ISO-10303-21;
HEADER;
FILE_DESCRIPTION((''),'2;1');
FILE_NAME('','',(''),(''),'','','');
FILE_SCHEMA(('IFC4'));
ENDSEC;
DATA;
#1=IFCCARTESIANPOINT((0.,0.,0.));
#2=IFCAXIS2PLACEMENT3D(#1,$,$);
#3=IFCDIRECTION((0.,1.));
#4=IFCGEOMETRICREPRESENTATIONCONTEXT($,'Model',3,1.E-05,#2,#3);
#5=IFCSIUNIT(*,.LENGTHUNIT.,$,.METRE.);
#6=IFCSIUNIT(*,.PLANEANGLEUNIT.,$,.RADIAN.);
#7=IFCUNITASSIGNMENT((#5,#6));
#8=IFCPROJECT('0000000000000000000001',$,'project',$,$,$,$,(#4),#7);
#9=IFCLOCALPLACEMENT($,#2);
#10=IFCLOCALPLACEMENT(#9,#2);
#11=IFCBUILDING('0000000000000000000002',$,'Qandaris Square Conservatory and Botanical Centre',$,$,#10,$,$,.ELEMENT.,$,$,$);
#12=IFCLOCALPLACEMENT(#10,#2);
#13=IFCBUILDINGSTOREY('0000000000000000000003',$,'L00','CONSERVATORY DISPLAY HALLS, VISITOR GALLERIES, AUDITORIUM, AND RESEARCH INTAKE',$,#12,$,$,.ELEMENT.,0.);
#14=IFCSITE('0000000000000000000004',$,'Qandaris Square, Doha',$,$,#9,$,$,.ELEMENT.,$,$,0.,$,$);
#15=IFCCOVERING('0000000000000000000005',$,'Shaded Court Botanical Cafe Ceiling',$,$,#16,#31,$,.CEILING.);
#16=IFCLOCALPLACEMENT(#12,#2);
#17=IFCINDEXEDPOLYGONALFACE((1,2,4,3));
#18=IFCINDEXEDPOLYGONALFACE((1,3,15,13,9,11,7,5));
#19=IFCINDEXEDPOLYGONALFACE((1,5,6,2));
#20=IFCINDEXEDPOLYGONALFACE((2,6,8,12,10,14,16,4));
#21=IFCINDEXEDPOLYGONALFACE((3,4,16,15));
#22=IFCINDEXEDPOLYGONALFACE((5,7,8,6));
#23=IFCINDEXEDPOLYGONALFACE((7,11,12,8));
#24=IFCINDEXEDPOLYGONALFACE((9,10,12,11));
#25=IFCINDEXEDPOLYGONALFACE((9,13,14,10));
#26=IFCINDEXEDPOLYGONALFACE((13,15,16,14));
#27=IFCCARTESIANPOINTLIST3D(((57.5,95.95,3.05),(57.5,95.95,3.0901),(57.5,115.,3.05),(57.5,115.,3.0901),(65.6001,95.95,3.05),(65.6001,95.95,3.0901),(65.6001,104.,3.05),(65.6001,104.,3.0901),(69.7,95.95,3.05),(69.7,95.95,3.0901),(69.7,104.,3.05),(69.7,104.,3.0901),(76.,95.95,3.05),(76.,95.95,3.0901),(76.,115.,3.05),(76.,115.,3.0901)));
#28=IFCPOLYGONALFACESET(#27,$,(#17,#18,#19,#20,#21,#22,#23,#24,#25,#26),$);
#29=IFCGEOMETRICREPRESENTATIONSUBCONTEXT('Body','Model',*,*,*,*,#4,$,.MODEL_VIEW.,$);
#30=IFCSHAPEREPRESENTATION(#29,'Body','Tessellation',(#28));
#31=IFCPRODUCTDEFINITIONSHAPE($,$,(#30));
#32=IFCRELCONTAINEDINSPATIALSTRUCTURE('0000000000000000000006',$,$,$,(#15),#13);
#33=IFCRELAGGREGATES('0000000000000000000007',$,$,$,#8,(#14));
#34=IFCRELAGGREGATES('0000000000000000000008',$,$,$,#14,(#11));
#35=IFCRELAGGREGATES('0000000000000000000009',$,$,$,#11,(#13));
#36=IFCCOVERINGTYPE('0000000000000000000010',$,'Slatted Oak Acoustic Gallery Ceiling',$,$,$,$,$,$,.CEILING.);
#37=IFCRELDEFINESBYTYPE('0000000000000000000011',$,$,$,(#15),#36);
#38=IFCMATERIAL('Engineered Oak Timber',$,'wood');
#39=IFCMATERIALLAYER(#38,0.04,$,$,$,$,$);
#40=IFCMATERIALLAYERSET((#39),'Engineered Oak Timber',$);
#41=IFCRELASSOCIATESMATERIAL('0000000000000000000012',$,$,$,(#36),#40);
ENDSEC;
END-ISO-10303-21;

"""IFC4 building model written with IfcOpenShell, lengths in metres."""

from ifc_helpers import new_model, si_unit, direction, frame, origin, place, context, subcontext, project, spatial, polyline, outline, extrude, material, layer, layer_set, type_object, element, save


model = new_model("IFC4")

# Units and contexts
model_context = context("Model", 3, precision=1e-05, world=origin(), true_north=direction((0.0, 1.0)))
body_context = subcontext(model_context, "Body", "Model", "MODEL_VIEW")
ifc_project = project(units=[si_unit("LENGTHUNIT", "METRE"), si_unit("PLANEANGLEUNIT", "RADIAN")], contexts=[model_context])

# Site, building, storey
site_placement = place(None, origin())
site = spatial("IfcSite", under=ifc_project, at=site_placement, Name="Qandaris Square, Doha", CompositionType="ELEMENT", RefElevation=0.0)
building_placement = place(site_placement, origin())
building = spatial("IfcBuilding", under=site, at=building_placement, Name="Qandaris Square Conservatory and Botanical Centre", CompositionType="ELEMENT")
storey_placement = place(building_placement, origin())
storey = spatial("IfcBuildingStorey", under=building, at=storey_placement, Name="L00", Description="CONSERVATORY DISPLAY HALLS, VISITOR GALLERIES, AUDITORIUM, AND RESEARCH INTAKE", CompositionType="ELEMENT", Elevation=0.0)

# Covering
ifc_material_1 = material(Name="Engineered Oak Timber", Category="wood")
ifc_layer_1 = layer(ifc_material_1, 0.04)
ifc_layer_set_1 = layer_set([ifc_layer_1], Name="Engineered Oak Timber")
covering_type_1 = type_object("IfcCoveringType", Name="Slatted Oak Acoustic Gallery Ceiling", PredefinedType="CEILING", material=ifc_layer_set_1)
covering_1_placement = place(storey_placement, frame((0.0, 0.0, 3.05)))
element("IfcCovering", 1, at=covering_1_placement, inside=storey, type_object=covering_type_1, Name="Shaded Court Botanical Cafe Ceiling", PredefinedType="CEILING", context=body_context, shape_type="SweptSolid", body=[
    extrude(outline(polyline([(57.5, 115.0), (76.0, 115.0), (76.0, 95.95), (69.7, 95.95), (69.7, 104.0), (65.6001, 104.0), (65.6001, 95.95), (57.5, 95.95), (57.5, 115.0)])), origin(), (0.0, 0.0, 1.0), 0.04),
])

save(model, "model.ifc")
